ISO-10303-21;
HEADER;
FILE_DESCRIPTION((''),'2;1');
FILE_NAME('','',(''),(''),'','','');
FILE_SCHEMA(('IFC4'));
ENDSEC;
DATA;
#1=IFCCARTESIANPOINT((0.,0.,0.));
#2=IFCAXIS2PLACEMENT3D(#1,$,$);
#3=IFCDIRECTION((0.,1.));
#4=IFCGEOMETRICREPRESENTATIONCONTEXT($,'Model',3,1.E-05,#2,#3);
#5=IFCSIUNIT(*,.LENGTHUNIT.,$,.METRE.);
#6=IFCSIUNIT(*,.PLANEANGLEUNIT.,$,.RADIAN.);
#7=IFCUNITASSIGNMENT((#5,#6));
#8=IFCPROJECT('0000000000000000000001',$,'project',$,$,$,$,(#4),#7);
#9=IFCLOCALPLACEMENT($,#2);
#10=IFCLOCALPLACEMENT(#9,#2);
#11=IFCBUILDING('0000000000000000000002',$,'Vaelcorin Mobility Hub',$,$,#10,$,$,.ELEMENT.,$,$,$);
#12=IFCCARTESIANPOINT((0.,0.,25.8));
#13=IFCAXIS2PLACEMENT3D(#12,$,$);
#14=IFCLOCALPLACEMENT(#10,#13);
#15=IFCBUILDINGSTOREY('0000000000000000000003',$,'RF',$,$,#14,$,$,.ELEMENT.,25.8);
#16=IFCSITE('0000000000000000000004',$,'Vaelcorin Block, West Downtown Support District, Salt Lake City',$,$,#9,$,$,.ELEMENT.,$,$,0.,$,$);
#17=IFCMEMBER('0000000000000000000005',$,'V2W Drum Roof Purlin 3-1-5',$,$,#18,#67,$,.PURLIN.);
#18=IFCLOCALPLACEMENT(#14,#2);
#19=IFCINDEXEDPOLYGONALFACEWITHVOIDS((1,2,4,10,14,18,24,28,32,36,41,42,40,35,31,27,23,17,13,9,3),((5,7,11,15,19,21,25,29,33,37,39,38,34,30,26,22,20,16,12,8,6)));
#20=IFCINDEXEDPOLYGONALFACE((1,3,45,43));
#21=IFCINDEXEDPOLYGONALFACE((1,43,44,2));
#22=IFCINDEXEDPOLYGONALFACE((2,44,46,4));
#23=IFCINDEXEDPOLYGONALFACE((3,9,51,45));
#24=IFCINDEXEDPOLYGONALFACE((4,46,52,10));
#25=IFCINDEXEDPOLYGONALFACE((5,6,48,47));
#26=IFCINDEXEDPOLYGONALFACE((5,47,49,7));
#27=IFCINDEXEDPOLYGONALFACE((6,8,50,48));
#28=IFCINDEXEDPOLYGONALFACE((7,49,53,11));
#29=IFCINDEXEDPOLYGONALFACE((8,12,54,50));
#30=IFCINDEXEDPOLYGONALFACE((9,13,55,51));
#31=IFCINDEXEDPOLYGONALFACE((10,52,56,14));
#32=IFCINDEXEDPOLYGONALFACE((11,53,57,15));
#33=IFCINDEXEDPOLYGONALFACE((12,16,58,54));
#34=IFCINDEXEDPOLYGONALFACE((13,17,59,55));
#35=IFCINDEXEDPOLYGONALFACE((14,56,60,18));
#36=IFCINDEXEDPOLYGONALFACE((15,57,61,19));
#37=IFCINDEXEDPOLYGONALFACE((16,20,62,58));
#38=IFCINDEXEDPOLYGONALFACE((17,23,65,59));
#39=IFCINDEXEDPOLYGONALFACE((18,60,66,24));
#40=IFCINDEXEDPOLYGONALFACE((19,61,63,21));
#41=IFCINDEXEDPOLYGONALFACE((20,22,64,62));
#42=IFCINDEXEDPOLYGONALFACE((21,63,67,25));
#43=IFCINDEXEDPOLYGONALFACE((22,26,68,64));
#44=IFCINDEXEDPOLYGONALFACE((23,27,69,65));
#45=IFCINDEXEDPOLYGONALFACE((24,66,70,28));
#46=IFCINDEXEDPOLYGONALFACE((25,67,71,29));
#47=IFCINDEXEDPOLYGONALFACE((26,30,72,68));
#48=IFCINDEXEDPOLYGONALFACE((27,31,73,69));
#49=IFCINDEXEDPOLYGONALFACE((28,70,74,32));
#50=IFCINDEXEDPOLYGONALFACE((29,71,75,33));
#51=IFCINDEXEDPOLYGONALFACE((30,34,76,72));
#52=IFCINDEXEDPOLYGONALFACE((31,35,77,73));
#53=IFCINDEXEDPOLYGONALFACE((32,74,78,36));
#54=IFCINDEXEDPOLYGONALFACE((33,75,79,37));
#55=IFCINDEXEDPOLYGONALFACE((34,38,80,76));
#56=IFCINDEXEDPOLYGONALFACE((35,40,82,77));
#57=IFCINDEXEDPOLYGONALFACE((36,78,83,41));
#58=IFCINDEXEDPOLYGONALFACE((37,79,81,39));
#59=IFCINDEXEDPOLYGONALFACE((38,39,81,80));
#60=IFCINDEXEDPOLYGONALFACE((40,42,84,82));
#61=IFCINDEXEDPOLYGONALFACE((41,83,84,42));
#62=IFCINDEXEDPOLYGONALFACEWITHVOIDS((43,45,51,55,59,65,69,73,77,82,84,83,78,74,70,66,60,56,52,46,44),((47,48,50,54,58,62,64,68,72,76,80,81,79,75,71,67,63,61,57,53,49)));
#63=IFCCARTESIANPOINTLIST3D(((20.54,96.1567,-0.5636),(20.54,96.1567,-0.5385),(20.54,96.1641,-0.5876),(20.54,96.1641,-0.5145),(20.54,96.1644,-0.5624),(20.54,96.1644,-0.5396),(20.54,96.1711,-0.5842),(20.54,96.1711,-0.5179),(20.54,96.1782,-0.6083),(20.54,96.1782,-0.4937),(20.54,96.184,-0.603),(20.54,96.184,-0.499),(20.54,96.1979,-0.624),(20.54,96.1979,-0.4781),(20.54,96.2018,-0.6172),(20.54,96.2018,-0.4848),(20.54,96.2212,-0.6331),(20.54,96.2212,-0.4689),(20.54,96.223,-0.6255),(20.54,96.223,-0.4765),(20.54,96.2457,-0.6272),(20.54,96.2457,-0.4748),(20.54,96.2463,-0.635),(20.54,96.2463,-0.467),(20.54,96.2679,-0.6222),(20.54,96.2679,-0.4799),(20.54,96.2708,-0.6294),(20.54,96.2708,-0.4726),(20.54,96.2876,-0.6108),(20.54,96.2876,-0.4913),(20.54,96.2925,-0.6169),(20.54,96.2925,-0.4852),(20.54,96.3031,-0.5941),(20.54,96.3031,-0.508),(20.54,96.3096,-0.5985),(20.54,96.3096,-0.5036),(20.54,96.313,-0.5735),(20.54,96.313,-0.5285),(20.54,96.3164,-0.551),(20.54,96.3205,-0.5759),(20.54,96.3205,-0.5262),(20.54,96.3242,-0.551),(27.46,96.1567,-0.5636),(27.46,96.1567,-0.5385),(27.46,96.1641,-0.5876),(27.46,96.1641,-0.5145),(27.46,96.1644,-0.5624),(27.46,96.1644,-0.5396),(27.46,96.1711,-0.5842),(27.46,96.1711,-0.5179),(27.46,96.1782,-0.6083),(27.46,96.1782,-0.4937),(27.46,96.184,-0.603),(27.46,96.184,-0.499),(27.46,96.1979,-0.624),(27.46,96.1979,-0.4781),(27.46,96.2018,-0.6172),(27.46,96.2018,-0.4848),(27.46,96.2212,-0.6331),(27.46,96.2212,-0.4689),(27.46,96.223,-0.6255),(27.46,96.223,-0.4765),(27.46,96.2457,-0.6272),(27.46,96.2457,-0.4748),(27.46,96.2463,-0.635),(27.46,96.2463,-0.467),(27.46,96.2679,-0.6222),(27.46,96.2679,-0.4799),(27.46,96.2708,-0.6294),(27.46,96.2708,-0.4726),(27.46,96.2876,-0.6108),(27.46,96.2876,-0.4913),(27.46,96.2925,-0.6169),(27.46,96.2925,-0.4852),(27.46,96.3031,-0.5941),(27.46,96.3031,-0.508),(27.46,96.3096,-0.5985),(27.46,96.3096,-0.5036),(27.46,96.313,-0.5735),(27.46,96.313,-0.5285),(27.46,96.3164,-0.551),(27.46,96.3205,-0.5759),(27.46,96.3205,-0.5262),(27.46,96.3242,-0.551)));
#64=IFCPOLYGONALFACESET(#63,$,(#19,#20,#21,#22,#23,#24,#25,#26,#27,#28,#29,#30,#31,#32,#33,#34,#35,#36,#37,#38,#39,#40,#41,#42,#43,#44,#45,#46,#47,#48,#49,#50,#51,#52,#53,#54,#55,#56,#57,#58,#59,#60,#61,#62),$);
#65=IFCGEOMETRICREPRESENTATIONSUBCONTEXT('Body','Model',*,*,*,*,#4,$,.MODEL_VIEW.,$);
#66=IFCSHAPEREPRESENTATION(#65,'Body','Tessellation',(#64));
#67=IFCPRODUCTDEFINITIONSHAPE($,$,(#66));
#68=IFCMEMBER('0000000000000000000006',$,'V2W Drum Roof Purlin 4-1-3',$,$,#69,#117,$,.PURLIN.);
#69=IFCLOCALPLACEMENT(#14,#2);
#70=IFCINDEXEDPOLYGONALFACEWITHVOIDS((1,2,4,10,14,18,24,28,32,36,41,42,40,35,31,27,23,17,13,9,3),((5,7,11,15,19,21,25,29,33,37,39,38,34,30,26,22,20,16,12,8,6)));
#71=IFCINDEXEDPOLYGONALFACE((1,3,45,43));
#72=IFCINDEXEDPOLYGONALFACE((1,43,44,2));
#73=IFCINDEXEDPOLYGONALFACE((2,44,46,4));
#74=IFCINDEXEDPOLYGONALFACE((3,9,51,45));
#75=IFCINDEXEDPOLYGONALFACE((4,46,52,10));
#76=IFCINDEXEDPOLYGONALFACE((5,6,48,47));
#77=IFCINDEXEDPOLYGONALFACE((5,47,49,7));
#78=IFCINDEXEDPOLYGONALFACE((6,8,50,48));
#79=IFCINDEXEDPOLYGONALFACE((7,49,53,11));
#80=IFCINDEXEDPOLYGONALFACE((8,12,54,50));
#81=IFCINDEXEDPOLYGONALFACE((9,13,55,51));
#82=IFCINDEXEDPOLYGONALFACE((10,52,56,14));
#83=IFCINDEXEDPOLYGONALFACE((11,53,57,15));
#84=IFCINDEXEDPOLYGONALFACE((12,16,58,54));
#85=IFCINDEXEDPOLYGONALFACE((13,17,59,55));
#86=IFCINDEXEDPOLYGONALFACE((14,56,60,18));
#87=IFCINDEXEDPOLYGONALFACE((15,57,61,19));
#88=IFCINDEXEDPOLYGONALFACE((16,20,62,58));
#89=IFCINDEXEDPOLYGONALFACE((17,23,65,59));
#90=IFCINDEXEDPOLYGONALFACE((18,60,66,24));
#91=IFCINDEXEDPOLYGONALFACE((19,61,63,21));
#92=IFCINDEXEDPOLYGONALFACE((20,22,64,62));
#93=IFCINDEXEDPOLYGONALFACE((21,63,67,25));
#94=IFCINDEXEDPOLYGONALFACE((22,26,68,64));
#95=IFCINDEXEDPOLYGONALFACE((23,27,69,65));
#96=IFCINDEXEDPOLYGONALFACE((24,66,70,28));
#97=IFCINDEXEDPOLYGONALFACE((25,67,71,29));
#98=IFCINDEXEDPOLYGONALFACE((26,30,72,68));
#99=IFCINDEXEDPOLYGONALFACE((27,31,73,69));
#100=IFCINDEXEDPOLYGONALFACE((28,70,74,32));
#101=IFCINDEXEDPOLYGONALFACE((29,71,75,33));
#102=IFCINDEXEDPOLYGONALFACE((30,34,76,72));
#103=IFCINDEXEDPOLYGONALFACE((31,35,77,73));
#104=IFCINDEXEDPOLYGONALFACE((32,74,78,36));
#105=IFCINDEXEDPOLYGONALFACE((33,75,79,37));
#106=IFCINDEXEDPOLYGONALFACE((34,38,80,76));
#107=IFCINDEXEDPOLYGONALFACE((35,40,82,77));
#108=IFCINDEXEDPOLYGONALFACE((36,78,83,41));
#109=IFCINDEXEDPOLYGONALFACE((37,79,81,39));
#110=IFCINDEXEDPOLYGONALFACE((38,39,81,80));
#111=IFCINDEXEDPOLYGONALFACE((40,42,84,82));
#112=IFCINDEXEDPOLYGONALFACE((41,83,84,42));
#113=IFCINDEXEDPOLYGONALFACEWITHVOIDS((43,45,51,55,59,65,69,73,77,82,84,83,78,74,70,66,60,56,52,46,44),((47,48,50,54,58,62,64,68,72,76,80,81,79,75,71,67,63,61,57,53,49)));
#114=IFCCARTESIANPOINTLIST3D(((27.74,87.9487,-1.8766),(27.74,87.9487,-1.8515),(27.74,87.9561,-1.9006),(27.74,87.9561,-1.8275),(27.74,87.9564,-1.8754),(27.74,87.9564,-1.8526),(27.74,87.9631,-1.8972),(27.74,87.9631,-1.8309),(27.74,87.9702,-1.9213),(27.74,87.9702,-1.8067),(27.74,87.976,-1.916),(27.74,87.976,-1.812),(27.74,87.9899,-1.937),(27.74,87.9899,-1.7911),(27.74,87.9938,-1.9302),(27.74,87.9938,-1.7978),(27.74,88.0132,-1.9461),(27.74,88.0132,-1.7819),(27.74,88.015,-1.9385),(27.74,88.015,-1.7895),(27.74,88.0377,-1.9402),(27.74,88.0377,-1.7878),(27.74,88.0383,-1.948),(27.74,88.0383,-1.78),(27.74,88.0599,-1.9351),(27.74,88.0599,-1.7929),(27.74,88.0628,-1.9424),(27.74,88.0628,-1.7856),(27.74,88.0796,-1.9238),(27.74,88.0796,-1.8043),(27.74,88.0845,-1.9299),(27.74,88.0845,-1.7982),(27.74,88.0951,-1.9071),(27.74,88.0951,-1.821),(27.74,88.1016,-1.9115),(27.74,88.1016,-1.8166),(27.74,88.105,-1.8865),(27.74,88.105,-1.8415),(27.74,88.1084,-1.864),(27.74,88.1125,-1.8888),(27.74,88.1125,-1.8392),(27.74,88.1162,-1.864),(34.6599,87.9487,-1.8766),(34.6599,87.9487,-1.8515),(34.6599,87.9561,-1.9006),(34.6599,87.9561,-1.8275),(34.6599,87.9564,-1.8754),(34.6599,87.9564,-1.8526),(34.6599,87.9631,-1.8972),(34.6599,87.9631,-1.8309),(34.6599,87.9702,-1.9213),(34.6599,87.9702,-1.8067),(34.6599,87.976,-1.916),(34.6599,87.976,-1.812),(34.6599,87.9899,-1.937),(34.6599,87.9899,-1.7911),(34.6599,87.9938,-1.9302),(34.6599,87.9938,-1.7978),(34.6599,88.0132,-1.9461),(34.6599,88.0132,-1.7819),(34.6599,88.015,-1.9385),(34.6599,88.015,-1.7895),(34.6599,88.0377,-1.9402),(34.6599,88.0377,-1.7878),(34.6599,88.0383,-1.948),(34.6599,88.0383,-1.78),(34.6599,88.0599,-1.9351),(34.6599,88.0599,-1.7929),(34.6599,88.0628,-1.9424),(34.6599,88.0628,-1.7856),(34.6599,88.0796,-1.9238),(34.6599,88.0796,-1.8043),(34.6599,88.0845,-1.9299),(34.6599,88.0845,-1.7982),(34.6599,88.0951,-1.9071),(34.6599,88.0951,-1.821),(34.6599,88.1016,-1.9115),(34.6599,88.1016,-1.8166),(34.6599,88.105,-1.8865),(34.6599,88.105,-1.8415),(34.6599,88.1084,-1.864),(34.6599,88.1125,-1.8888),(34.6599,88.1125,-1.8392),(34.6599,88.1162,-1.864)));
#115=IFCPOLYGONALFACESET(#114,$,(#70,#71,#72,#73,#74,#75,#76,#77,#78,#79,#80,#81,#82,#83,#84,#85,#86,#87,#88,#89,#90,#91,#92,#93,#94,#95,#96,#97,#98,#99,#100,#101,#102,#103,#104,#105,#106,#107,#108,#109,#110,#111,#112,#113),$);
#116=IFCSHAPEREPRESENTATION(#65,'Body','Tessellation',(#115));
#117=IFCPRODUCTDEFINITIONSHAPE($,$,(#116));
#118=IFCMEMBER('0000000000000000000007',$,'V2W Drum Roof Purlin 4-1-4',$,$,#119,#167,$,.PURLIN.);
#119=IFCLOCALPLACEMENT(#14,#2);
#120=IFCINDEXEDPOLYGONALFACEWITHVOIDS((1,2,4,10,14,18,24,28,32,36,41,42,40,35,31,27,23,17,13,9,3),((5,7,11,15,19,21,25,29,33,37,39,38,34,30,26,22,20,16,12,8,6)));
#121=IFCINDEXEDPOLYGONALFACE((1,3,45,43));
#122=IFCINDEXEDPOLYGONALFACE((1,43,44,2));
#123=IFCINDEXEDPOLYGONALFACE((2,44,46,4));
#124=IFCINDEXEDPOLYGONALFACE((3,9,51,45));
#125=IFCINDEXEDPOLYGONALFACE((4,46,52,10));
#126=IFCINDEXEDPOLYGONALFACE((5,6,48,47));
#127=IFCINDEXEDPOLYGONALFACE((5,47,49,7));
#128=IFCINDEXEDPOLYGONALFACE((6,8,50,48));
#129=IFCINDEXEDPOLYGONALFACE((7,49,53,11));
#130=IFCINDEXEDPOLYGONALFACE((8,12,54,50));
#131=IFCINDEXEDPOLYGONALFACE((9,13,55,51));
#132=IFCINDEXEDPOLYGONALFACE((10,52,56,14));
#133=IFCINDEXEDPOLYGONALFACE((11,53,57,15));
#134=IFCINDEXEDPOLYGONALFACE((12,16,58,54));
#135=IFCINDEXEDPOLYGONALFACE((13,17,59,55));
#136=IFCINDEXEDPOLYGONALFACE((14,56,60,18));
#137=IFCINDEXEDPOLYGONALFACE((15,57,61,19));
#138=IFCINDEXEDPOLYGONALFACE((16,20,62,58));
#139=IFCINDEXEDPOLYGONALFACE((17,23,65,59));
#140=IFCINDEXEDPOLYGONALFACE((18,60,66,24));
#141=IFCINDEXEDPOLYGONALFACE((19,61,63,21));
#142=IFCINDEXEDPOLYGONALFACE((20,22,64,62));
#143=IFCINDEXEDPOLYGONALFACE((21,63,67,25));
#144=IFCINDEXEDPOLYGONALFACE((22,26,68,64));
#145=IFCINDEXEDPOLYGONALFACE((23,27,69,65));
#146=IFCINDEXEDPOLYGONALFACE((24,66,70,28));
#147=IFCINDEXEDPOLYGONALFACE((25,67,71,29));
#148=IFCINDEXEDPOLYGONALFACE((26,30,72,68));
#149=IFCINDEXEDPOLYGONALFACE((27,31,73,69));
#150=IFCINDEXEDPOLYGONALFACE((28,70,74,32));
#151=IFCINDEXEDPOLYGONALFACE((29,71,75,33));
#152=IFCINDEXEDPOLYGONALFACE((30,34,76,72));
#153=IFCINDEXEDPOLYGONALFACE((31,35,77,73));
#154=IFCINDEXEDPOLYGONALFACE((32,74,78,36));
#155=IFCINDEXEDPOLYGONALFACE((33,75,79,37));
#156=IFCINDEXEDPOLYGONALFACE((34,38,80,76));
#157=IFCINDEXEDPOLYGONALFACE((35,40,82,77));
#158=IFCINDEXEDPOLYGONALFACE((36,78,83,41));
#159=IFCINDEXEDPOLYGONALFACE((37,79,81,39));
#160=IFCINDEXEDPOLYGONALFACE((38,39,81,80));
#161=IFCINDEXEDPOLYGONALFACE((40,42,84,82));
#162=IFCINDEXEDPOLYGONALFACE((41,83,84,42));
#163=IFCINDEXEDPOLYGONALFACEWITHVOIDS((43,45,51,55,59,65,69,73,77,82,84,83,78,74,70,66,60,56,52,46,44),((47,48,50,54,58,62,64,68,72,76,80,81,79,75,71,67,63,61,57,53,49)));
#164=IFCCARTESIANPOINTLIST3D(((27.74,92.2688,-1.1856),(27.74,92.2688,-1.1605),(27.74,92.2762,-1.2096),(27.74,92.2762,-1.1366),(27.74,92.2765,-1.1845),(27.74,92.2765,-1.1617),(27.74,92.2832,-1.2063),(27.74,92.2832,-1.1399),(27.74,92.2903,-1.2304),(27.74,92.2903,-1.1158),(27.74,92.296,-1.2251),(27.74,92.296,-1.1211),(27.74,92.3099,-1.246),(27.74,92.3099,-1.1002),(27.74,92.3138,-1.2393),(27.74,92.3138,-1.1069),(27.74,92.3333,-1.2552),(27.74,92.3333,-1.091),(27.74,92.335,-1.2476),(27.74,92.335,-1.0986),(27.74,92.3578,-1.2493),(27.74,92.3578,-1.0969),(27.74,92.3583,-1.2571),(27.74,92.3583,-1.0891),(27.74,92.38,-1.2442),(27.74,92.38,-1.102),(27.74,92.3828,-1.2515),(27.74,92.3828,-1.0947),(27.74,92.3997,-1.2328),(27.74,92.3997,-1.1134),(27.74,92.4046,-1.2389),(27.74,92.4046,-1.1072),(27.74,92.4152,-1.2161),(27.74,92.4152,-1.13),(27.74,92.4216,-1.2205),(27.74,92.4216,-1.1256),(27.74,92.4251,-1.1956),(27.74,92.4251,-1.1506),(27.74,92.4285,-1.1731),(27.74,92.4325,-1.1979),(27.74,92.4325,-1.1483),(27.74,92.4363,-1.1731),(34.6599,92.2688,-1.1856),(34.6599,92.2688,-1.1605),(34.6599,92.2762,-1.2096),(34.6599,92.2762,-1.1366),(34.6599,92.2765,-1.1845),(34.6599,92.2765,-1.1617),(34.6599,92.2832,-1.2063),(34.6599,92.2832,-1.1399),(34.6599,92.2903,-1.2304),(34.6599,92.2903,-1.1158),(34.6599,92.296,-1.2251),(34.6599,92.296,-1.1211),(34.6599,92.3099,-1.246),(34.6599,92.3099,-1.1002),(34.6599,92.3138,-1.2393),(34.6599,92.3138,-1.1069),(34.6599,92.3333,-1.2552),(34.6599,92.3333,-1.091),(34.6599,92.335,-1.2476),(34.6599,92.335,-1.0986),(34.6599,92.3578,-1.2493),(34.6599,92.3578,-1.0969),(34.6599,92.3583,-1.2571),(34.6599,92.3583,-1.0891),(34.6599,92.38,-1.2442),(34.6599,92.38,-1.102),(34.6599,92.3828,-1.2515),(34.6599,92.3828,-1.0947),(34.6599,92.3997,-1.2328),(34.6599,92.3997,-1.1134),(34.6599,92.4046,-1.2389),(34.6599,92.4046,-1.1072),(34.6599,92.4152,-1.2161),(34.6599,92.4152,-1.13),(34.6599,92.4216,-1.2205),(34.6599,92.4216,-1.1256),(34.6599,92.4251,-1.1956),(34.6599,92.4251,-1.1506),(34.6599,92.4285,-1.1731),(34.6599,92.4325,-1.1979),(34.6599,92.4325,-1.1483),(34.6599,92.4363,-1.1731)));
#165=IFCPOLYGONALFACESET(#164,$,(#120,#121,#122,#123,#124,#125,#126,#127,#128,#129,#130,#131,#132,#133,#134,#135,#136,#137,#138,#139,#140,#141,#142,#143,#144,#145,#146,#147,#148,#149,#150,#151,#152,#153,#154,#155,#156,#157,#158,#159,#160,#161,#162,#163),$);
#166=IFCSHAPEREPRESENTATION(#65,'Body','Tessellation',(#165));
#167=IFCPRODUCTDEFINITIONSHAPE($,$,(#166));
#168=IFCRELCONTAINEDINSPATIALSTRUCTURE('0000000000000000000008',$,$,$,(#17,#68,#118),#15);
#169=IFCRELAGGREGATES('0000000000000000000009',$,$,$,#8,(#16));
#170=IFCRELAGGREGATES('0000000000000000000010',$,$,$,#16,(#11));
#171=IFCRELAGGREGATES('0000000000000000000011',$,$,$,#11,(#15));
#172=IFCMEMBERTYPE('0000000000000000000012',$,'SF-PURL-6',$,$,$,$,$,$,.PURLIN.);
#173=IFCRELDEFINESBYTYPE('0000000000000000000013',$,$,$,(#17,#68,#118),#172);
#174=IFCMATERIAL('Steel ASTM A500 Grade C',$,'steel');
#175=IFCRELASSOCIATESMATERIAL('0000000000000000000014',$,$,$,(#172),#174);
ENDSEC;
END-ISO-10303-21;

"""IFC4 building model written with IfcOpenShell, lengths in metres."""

from ifc_helpers import new_model, si_unit, direction, frame, origin, origin_2d, place, context, subcontext, project, spatial, hollow_circle, extrude, material, material_profile, profile_set, type_object, element, save


model = new_model("IFC4")

# Units and contexts
model_context = context("Model", 3, precision=1e-05, world=origin(), true_north=direction((0.0, 1.0)))
body_context = subcontext(model_context, "Body", "Model", "MODEL_VIEW")
ifc_project = project(units=[si_unit("LENGTHUNIT", "METRE"), si_unit("PLANEANGLEUNIT", "RADIAN")], contexts=[model_context])

# Site, building, storey
site_placement = place(None, origin())
site = spatial("IfcSite", under=ifc_project, at=site_placement, Name="Vaelcorin Block, West Downtown Support District, Salt Lake City", CompositionType="ELEMENT", RefElevation=0.0)
building_placement = place(site_placement, origin())
building = spatial("IfcBuilding", under=site, at=building_placement, Name="Vaelcorin Mobility Hub", CompositionType="ELEMENT")
storey_placement = place(building_placement, frame((0.0, 0.0, 25.8)))
storey = spatial("IfcBuildingStorey", under=building, at=storey_placement, Name="RF", CompositionType="ELEMENT", Elevation=25.8)

# Members
ifc_material_1 = material(Name="Steel ASTM A500 Grade C", Category="steel")
ifc_material_profile_1 = material_profile(ifc_material_1, hollow_circle(Radius=0.0842, WallThickness=0.0078, at=origin_2d()), Name="HSS6.625X0.312")
ifc_profile_set_1 = profile_set([ifc_material_profile_1], Name="Steel ASTM A500 Grade C")
member_type_1 = type_object("IfcMemberType", Name="SF-PURL-6", PredefinedType="PURLIN", material=ifc_profile_set_1)
for number, where, z_axis, x_axis, name in (
    (1, (20.54, 96.24, -0.551), (1.0, 0.0, 0.0), (0.0, 1.0, 0.0), "V2W Drum Roof Purlin 3-1-5"),
    (2, (27.74, 88.032, -1.864), (1.0, 0.0, 0.0), (0.0, 1.0, 0.0), "V2W Drum Roof Purlin 4-1-3"),
    (3, (27.74, 92.3521, -1.1731), (1.0, 0.0, 0.0), (0.0, 1.0, 0.0), "V2W Drum Roof Purlin 4-1-4"),
):
    element("IfcMember", number, at=place(storey_placement, frame(where, z_axis=z_axis, x_axis=x_axis)), inside=storey, type_object=member_type_1, Name=name, PredefinedType="PURLIN", context=body_context, shape_type="SweptSolid", body=[
        extrude(hollow_circle(Radius=0.0842, WallThickness=0.0078, at=origin_2d()), origin(), (0.0, 0.0, 1.0), 6.9199),
    ])

save(model, "model.ifc")
